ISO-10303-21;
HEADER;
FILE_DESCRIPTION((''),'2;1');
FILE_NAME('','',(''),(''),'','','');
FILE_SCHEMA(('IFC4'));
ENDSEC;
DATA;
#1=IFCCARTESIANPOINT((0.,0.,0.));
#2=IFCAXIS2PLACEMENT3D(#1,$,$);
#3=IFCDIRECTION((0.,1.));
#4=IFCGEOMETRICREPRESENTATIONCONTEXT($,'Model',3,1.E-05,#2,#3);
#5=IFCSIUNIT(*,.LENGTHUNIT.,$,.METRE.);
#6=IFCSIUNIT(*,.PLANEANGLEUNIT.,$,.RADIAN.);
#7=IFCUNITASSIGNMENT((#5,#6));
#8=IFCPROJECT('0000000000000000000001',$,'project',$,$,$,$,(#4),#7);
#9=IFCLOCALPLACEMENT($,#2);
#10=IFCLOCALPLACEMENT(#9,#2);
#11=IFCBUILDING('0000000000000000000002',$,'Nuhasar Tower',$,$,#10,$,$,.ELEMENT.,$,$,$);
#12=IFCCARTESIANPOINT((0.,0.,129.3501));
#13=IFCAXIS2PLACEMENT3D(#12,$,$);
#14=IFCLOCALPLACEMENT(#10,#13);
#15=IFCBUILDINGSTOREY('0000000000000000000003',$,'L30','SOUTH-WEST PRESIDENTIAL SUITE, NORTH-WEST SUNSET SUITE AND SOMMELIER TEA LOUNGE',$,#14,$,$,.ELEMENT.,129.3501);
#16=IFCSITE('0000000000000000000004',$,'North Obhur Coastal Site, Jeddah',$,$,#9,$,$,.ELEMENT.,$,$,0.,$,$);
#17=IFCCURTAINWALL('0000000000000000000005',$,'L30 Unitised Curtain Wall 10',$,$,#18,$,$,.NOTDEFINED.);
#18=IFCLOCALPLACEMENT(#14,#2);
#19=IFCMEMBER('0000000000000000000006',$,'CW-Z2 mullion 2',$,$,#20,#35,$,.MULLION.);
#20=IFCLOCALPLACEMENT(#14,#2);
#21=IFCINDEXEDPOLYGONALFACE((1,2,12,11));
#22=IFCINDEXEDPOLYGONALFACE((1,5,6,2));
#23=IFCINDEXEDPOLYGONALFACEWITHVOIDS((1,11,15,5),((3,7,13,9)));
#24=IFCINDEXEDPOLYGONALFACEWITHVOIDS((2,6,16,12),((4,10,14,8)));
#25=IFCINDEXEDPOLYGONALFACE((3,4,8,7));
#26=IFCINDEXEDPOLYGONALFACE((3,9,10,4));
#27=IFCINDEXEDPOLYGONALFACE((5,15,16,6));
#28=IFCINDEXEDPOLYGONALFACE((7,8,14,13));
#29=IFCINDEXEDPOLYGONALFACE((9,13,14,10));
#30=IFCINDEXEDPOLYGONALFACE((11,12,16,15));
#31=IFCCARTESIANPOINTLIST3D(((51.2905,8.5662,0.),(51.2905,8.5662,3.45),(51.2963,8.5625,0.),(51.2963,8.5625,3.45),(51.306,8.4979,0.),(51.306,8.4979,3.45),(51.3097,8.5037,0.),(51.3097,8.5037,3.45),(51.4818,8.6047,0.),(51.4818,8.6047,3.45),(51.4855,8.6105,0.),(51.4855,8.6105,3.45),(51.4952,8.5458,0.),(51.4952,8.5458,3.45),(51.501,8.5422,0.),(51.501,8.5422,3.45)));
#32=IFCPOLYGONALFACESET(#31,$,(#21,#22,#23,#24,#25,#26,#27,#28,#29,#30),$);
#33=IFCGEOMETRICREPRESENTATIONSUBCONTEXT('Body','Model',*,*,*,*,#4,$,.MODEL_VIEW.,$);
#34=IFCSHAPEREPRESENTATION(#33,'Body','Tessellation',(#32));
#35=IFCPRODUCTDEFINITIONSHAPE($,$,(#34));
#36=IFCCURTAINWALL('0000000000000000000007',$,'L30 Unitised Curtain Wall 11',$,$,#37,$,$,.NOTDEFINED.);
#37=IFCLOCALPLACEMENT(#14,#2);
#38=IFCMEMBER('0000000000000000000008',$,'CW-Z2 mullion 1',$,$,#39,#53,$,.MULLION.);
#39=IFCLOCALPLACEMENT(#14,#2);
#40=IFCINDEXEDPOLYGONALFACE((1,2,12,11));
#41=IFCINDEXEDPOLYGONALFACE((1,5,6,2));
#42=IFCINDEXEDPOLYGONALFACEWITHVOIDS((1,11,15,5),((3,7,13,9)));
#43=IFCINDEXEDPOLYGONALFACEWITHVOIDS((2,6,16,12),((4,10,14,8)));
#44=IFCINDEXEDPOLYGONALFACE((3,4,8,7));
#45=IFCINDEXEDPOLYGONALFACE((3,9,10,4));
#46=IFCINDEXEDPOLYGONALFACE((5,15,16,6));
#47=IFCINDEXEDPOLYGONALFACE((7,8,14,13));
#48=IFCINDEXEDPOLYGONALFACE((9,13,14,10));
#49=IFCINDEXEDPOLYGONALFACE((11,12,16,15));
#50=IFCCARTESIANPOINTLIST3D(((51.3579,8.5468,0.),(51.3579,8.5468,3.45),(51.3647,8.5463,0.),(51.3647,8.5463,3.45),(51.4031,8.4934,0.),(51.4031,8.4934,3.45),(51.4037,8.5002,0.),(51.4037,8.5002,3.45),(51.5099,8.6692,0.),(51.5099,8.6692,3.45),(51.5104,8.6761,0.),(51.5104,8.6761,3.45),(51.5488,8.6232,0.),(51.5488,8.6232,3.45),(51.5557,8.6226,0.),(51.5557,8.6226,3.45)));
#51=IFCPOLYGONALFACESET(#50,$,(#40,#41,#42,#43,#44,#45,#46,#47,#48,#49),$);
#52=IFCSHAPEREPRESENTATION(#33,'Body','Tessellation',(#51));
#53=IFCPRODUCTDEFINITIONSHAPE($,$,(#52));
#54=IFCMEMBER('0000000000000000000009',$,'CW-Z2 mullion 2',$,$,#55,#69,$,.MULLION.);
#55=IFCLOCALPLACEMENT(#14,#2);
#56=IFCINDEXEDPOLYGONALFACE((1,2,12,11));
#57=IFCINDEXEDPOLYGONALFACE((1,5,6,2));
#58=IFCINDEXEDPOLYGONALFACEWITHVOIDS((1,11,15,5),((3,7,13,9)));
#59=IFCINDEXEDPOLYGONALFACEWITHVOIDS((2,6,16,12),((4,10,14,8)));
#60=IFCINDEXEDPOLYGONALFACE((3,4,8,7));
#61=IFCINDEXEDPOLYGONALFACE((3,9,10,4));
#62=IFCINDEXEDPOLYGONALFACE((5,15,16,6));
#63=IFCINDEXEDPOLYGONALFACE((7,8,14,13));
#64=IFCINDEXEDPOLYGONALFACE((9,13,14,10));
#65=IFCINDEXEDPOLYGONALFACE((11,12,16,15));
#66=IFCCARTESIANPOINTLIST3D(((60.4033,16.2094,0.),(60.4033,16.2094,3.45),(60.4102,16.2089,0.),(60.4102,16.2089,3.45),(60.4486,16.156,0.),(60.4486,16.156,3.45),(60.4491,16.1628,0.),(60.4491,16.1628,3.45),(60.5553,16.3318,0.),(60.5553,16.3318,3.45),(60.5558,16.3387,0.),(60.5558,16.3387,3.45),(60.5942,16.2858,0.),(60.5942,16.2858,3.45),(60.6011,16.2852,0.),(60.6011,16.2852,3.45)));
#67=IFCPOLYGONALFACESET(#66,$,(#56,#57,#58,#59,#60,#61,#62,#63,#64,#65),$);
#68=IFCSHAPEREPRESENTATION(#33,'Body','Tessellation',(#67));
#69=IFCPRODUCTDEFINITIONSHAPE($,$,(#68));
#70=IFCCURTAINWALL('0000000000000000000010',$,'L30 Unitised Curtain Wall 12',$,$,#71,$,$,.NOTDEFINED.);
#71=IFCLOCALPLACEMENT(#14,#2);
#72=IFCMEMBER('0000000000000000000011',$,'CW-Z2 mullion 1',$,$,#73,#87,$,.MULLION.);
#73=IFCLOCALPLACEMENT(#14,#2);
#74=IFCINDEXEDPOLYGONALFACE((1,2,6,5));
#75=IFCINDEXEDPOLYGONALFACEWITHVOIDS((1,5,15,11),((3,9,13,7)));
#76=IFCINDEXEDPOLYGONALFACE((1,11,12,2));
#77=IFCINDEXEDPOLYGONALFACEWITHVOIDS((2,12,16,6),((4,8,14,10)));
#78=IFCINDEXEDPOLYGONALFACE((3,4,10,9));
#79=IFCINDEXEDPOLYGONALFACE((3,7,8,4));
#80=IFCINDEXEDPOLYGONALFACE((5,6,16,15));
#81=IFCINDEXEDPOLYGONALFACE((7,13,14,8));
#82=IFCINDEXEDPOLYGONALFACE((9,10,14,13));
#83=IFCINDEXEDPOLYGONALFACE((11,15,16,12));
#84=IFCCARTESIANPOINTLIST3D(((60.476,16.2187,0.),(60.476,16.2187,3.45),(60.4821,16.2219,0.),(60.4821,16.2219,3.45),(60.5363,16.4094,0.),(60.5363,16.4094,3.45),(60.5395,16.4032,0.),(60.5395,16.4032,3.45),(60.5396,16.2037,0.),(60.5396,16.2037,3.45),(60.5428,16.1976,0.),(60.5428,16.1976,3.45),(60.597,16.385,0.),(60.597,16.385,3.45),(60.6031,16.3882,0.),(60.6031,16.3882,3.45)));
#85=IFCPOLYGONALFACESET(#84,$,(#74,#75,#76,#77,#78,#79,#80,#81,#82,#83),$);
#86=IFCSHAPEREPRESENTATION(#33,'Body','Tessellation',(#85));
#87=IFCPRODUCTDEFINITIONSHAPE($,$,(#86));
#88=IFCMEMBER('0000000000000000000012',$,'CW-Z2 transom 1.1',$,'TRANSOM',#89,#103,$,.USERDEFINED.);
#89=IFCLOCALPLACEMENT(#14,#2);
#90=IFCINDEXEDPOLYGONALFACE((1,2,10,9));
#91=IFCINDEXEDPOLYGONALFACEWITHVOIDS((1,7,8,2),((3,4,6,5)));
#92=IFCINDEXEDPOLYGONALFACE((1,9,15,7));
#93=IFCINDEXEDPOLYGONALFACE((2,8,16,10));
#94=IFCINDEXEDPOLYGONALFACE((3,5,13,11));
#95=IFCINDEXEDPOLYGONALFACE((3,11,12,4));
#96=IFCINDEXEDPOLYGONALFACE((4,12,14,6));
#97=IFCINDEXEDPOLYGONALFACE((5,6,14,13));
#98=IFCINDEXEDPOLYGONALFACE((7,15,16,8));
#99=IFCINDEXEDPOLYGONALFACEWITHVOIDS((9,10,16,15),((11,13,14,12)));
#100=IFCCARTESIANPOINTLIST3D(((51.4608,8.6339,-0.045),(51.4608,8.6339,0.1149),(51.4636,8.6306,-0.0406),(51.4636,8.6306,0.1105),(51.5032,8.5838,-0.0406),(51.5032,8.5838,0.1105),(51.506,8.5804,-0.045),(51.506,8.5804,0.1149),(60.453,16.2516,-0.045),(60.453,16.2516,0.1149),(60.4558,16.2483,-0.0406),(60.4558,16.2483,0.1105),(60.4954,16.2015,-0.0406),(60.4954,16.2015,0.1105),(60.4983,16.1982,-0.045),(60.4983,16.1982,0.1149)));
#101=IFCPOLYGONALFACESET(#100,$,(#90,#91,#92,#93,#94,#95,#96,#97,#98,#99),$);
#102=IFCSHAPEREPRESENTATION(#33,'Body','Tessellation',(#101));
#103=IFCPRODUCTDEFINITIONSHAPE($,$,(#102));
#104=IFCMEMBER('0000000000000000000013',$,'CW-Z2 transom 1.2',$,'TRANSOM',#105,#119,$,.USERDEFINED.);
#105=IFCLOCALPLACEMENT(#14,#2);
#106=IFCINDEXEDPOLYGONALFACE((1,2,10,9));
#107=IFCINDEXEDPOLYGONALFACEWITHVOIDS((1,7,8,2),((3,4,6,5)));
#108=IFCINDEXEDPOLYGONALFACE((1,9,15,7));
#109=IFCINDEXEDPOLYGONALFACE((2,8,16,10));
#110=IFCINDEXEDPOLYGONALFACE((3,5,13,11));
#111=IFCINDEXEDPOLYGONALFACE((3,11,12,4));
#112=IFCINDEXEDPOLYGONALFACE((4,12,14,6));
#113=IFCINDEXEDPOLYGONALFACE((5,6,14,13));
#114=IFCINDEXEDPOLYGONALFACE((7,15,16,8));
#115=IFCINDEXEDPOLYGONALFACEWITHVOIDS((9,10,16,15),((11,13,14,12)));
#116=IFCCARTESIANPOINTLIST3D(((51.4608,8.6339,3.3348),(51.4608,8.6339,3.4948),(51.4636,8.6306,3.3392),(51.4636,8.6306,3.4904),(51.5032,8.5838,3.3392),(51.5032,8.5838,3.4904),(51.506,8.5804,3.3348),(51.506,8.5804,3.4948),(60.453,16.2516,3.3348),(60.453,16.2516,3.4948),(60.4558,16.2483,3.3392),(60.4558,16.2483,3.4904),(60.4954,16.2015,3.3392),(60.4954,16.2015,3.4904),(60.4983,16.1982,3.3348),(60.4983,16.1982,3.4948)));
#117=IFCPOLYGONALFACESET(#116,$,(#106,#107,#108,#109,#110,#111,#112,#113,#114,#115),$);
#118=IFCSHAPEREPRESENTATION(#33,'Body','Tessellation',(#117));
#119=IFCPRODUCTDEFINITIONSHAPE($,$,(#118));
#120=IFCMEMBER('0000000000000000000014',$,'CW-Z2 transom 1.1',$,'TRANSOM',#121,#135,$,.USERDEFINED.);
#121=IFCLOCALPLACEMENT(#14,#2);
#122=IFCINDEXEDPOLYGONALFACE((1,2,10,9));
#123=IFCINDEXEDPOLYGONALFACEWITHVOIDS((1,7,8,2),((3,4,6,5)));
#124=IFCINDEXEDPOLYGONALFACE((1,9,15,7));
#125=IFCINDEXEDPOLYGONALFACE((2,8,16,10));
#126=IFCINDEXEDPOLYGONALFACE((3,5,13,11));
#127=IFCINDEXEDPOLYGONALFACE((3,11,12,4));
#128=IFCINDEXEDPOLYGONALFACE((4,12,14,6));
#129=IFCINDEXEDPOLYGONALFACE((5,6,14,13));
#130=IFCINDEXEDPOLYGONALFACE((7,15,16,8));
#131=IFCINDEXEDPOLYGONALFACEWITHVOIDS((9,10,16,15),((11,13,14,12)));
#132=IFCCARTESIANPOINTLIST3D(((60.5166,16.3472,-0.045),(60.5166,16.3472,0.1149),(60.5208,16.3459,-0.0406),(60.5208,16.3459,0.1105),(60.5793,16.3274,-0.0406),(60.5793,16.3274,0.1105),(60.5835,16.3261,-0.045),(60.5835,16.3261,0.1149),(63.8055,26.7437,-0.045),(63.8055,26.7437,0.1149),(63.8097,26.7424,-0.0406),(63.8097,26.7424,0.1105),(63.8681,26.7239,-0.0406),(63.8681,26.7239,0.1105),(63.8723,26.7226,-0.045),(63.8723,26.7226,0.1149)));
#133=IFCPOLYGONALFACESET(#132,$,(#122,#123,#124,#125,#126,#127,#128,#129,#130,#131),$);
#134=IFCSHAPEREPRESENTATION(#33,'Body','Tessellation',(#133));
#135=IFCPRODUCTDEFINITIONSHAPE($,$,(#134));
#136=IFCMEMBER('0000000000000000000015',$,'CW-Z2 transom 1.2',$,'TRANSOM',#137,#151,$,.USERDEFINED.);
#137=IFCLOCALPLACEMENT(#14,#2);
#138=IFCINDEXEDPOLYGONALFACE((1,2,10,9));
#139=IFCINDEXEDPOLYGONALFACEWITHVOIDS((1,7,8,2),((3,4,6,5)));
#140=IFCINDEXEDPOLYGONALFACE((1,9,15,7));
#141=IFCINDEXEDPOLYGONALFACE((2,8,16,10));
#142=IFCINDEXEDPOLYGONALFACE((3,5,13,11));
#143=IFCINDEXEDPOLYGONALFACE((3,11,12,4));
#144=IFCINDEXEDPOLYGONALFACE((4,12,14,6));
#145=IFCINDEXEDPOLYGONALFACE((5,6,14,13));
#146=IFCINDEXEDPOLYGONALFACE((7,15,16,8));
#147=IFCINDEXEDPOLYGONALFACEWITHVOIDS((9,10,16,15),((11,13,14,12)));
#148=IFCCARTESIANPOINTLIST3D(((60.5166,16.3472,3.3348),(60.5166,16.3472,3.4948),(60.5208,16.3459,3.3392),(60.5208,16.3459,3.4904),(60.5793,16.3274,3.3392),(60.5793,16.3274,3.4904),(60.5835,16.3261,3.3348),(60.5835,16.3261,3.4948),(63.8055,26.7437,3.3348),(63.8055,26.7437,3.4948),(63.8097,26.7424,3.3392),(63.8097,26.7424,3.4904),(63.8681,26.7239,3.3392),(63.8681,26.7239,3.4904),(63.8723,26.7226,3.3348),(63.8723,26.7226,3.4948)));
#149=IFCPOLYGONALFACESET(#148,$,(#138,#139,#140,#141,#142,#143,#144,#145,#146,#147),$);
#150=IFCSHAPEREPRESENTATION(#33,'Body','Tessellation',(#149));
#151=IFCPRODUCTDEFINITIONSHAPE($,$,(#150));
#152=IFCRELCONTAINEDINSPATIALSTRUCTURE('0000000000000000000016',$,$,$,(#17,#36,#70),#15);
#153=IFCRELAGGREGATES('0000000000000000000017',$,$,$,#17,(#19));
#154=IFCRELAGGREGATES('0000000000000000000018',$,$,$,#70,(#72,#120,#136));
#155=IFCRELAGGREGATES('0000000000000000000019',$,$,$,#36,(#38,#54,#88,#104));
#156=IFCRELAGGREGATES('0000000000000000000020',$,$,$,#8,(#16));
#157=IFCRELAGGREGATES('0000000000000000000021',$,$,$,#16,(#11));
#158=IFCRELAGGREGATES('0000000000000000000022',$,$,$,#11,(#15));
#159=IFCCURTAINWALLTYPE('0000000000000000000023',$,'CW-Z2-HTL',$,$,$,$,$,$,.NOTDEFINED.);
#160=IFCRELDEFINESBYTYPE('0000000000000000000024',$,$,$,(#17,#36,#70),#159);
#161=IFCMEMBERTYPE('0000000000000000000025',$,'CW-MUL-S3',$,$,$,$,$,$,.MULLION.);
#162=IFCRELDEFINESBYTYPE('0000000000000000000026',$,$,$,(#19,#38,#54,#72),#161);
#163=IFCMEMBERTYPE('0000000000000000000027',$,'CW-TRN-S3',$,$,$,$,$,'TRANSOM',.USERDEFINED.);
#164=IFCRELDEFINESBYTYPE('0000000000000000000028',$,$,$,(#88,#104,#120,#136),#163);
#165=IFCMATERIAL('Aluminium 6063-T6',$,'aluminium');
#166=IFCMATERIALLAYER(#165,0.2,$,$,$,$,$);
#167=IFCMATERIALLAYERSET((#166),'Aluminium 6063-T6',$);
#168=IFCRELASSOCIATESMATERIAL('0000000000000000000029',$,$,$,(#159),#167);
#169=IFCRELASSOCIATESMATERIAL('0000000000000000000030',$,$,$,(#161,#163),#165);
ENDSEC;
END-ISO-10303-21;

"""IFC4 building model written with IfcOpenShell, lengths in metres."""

from ifc_helpers import new_model, si_unit, direction, frame, origin, origin_2d, place, context, subcontext, project, spatial, hollow_rectangle, extrude, material, layer, layer_set, material_profile, profile_set, type_object, element, aggregate, save


model = new_model("IFC4")

# Units and contexts
model_context = context("Model", 3, precision=1e-05, world=origin(), true_north=direction((0.0, 1.0)))
body_context = subcontext(model_context, "Body", "Model", "MODEL_VIEW")
ifc_project = project(units=[si_unit("LENGTHUNIT", "METRE"), si_unit("PLANEANGLEUNIT", "RADIAN")], contexts=[model_context])

# Site, building, storey
site_placement = place(None, origin())
site = spatial("IfcSite", under=ifc_project, at=site_placement, Name="North Obhur Coastal Site, Jeddah", CompositionType="ELEMENT", RefElevation=0.0)
building_placement = place(site_placement, origin())
building = spatial("IfcBuilding", under=site, at=building_placement, Name="Nuhasar Tower", CompositionType="ELEMENT")
storey_placement = place(building_placement, frame((0.0, 0.0, 129.3501)))
storey = spatial("IfcBuildingStorey", under=building, at=storey_placement, Name="L30", Description="SOUTH-WEST PRESIDENTIAL SUITE, NORTH-WEST SUNSET SUITE AND SOMMELIER TEA LOUNGE", CompositionType="ELEMENT", Elevation=129.3501)

# Curtain wall, member
ifc_material_1 = material(Name="Aluminium 6063-T6", Category="aluminium")
ifc_layer_1 = layer(ifc_material_1, 0.2)
ifc_layer_set_1 = layer_set([ifc_layer_1], Name="Aluminium 6063-T6")
curtain_wall_type = type_object("IfcCurtainWallType", Name="CW-Z2-HTL", PredefinedType="NOTDEFINED", material=ifc_layer_set_1)
curtain_wall_1_placement = place(storey_placement, origin())
curtain_wall_1 = element("IfcCurtainWall", 1, at=curtain_wall_1_placement, inside=storey, type_object=curtain_wall_type, Name="L30 Unitised Curtain Wall 10", PredefinedType="NOTDEFINED")
ifc_material_profile_1 = material_profile(ifc_material_1, hollow_rectangle(XDim=0.0701, YDim=0.2, WallThickness=0.0049, at=origin_2d()), Name="CWM-3")
ifc_profile_set_1 = profile_set([ifc_material_profile_1], Name="Aluminium 6063-T6")
member_type_1 = type_object("IfcMemberType", Name="CW-MUL-S3", PredefinedType="MULLION", material=ifc_profile_set_1)
member_1_placement = place(storey_placement, frame((51.3958, 8.5542, 0.0), z_axis=(0.0, 0.0, 1.0), x_axis=(-0.221397, 0.975184, 0.0)))
member_1 = element("IfcMember", 2, at=member_1_placement, type_object=member_type_1, Name="CW-Z2 mullion 2", PredefinedType="MULLION", context=body_context, shape_type="SweptSolid", body=[
    extrude(hollow_rectangle(XDim=0.0701, YDim=0.2, WallThickness=0.0049, at=origin_2d()), origin(), (0.0, 0.0, 1.0), 3.45),
])
aggregate(curtain_wall_1, [member_1])

# Curtain wall, members
curtain_wall_2_placement = place(storey_placement, origin())
curtain_wall_2 = element("IfcCurtainWall", 3, at=curtain_wall_2_placement, inside=storey, type_object=curtain_wall_type, Name="L30 Unitised Curtain Wall 11", PredefinedType="NOTDEFINED")
member_2_placement = place(storey_placement, frame((51.4568, 8.5847, 0.0), z_axis=(0.0, 0.0, 1.0), x_axis=(-0.646374, 0.76302, 0.0)))
member_2 = element("IfcMember", 4, at=member_2_placement, type_object=member_type_1, Name="CW-Z2 mullion 1", PredefinedType="MULLION", context=body_context, shape_type="SweptSolid", body=[
    extrude(hollow_rectangle(XDim=0.0701, YDim=0.2, WallThickness=0.0049, at=origin_2d()), origin(), (0.0, 0.0, 1.0), 3.45),
])
member_3_placement = place(storey_placement, frame((60.5022, 16.2473, 0.0), z_axis=(0.0, 0.0, 1.0), x_axis=(-0.646374, 0.76302, 0.0)))
member_3 = element("IfcMember", 5, at=member_3_placement, type_object=member_type_1, Name="CW-Z2 mullion 2", PredefinedType="MULLION", context=body_context, shape_type="SweptSolid", body=[
    extrude(hollow_rectangle(XDim=0.0701, YDim=0.2, WallThickness=0.0049, at=origin_2d()), origin(), (0.0, 0.0, 1.0), 3.45),
])

# Curtain wall, member
curtain_wall_3_placement = place(storey_placement, origin())
curtain_wall_3 = element("IfcCurtainWall", 6, at=curtain_wall_3_placement, inside=storey, type_object=curtain_wall_type, Name="L30 Unitised Curtain Wall 12", PredefinedType="NOTDEFINED")
member_4_placement = place(storey_placement, frame((60.5396, 16.3035, 0.0), z_axis=(0.0, 0.0, 1.0), x_axis=(-0.953433, 0.301604, 0.0)))
member_4 = element("IfcMember", 7, at=member_4_placement, type_object=member_type_1, Name="CW-Z2 mullion 1", PredefinedType="MULLION", context=body_context, shape_type="SweptSolid", body=[
    extrude(hollow_rectangle(XDim=0.0701, YDim=0.2, WallThickness=0.0049, at=origin_2d()), origin(), (0.0, 0.0, 1.0), 3.45),
])

# Members
ifc_material_profile_2 = material_profile(ifc_material_1, hollow_rectangle(XDim=0.0701, YDim=0.1599, WallThickness=0.0044, at=origin_2d()), Name="CWT-3")
ifc_profile_set_2 = profile_set([ifc_material_profile_2], Name="Aluminium 6063-T6")
member_type_2 = type_object("IfcMemberType", Name="CW-TRN-S3", ElementType="TRANSOM", PredefinedType="USERDEFINED", material=ifc_profile_set_2)
member_5_placement = place(storey_placement, frame((51.4834, 8.6072, 0.0349), z_axis=(0.763014, 0.646382, 0.0), x_axis=(-0.646382, 0.763014, 0.0)))
member_5 = element("IfcMember", 8, at=member_5_placement, type_object=member_type_2, Name="CW-Z2 transom 1.1", ObjectType="TRANSOM", PredefinedType="USERDEFINED", context=body_context, shape_type="SweptSolid", body=[
    extrude(hollow_rectangle(XDim=0.0701, YDim=0.1599, WallThickness=0.0044, at=origin_2d()), origin(), (0.0, 0.0, 1.0), 11.7852),
])
member_6_placement = place(storey_placement, frame((51.4834, 8.6072, 3.4148), z_axis=(0.763014, 0.646382, 0.0), x_axis=(-0.646382, 0.763014, 0.0)))
member_6 = element("IfcMember", 9, at=member_6_placement, type_object=member_type_2, Name="CW-Z2 transom 1.2", ObjectType="TRANSOM", PredefinedType="USERDEFINED", context=body_context, shape_type="SweptSolid", body=[
    extrude(hollow_rectangle(XDim=0.0701, YDim=0.1599, WallThickness=0.0044, at=origin_2d()), origin(), (0.0, 0.0, 1.0), 11.7852),
])
member_7_placement = place(storey_placement, frame((60.55, 16.3367, 0.0349), z_axis=(0.301608, 0.953432, 0.0), x_axis=(-0.953432, 0.301608, 0.0)))
member_7 = element("IfcMember", 10, at=member_7_placement, type_object=member_type_2, Name="CW-Z2 transom 1.1", ObjectType="TRANSOM", PredefinedType="USERDEFINED", context=body_context, shape_type="SweptSolid", body=[
    extrude(hollow_rectangle(XDim=0.0701, YDim=0.1599, WallThickness=0.0044, at=origin_2d()), origin(), (0.0, 0.0, 1.0), 10.9043),
])
member_8_placement = place(storey_placement, frame((60.55, 16.3367, 3.4148), z_axis=(0.301608, 0.953432, 0.0), x_axis=(-0.953432, 0.301608, 0.0)))
member_8 = element("IfcMember", 11, at=member_8_placement, type_object=member_type_2, Name="CW-Z2 transom 1.2", ObjectType="TRANSOM", PredefinedType="USERDEFINED", context=body_context, shape_type="SweptSolid", body=[
    extrude(hollow_rectangle(XDim=0.0701, YDim=0.1599, WallThickness=0.0044, at=origin_2d()), origin(), (0.0, 0.0, 1.0), 10.9043),
])
aggregate(curtain_wall_3, [member_4, member_7, member_8])

aggregate(curtain_wall_2, [member_2, member_3, member_5, member_6])

save(model, "model.ifc")
